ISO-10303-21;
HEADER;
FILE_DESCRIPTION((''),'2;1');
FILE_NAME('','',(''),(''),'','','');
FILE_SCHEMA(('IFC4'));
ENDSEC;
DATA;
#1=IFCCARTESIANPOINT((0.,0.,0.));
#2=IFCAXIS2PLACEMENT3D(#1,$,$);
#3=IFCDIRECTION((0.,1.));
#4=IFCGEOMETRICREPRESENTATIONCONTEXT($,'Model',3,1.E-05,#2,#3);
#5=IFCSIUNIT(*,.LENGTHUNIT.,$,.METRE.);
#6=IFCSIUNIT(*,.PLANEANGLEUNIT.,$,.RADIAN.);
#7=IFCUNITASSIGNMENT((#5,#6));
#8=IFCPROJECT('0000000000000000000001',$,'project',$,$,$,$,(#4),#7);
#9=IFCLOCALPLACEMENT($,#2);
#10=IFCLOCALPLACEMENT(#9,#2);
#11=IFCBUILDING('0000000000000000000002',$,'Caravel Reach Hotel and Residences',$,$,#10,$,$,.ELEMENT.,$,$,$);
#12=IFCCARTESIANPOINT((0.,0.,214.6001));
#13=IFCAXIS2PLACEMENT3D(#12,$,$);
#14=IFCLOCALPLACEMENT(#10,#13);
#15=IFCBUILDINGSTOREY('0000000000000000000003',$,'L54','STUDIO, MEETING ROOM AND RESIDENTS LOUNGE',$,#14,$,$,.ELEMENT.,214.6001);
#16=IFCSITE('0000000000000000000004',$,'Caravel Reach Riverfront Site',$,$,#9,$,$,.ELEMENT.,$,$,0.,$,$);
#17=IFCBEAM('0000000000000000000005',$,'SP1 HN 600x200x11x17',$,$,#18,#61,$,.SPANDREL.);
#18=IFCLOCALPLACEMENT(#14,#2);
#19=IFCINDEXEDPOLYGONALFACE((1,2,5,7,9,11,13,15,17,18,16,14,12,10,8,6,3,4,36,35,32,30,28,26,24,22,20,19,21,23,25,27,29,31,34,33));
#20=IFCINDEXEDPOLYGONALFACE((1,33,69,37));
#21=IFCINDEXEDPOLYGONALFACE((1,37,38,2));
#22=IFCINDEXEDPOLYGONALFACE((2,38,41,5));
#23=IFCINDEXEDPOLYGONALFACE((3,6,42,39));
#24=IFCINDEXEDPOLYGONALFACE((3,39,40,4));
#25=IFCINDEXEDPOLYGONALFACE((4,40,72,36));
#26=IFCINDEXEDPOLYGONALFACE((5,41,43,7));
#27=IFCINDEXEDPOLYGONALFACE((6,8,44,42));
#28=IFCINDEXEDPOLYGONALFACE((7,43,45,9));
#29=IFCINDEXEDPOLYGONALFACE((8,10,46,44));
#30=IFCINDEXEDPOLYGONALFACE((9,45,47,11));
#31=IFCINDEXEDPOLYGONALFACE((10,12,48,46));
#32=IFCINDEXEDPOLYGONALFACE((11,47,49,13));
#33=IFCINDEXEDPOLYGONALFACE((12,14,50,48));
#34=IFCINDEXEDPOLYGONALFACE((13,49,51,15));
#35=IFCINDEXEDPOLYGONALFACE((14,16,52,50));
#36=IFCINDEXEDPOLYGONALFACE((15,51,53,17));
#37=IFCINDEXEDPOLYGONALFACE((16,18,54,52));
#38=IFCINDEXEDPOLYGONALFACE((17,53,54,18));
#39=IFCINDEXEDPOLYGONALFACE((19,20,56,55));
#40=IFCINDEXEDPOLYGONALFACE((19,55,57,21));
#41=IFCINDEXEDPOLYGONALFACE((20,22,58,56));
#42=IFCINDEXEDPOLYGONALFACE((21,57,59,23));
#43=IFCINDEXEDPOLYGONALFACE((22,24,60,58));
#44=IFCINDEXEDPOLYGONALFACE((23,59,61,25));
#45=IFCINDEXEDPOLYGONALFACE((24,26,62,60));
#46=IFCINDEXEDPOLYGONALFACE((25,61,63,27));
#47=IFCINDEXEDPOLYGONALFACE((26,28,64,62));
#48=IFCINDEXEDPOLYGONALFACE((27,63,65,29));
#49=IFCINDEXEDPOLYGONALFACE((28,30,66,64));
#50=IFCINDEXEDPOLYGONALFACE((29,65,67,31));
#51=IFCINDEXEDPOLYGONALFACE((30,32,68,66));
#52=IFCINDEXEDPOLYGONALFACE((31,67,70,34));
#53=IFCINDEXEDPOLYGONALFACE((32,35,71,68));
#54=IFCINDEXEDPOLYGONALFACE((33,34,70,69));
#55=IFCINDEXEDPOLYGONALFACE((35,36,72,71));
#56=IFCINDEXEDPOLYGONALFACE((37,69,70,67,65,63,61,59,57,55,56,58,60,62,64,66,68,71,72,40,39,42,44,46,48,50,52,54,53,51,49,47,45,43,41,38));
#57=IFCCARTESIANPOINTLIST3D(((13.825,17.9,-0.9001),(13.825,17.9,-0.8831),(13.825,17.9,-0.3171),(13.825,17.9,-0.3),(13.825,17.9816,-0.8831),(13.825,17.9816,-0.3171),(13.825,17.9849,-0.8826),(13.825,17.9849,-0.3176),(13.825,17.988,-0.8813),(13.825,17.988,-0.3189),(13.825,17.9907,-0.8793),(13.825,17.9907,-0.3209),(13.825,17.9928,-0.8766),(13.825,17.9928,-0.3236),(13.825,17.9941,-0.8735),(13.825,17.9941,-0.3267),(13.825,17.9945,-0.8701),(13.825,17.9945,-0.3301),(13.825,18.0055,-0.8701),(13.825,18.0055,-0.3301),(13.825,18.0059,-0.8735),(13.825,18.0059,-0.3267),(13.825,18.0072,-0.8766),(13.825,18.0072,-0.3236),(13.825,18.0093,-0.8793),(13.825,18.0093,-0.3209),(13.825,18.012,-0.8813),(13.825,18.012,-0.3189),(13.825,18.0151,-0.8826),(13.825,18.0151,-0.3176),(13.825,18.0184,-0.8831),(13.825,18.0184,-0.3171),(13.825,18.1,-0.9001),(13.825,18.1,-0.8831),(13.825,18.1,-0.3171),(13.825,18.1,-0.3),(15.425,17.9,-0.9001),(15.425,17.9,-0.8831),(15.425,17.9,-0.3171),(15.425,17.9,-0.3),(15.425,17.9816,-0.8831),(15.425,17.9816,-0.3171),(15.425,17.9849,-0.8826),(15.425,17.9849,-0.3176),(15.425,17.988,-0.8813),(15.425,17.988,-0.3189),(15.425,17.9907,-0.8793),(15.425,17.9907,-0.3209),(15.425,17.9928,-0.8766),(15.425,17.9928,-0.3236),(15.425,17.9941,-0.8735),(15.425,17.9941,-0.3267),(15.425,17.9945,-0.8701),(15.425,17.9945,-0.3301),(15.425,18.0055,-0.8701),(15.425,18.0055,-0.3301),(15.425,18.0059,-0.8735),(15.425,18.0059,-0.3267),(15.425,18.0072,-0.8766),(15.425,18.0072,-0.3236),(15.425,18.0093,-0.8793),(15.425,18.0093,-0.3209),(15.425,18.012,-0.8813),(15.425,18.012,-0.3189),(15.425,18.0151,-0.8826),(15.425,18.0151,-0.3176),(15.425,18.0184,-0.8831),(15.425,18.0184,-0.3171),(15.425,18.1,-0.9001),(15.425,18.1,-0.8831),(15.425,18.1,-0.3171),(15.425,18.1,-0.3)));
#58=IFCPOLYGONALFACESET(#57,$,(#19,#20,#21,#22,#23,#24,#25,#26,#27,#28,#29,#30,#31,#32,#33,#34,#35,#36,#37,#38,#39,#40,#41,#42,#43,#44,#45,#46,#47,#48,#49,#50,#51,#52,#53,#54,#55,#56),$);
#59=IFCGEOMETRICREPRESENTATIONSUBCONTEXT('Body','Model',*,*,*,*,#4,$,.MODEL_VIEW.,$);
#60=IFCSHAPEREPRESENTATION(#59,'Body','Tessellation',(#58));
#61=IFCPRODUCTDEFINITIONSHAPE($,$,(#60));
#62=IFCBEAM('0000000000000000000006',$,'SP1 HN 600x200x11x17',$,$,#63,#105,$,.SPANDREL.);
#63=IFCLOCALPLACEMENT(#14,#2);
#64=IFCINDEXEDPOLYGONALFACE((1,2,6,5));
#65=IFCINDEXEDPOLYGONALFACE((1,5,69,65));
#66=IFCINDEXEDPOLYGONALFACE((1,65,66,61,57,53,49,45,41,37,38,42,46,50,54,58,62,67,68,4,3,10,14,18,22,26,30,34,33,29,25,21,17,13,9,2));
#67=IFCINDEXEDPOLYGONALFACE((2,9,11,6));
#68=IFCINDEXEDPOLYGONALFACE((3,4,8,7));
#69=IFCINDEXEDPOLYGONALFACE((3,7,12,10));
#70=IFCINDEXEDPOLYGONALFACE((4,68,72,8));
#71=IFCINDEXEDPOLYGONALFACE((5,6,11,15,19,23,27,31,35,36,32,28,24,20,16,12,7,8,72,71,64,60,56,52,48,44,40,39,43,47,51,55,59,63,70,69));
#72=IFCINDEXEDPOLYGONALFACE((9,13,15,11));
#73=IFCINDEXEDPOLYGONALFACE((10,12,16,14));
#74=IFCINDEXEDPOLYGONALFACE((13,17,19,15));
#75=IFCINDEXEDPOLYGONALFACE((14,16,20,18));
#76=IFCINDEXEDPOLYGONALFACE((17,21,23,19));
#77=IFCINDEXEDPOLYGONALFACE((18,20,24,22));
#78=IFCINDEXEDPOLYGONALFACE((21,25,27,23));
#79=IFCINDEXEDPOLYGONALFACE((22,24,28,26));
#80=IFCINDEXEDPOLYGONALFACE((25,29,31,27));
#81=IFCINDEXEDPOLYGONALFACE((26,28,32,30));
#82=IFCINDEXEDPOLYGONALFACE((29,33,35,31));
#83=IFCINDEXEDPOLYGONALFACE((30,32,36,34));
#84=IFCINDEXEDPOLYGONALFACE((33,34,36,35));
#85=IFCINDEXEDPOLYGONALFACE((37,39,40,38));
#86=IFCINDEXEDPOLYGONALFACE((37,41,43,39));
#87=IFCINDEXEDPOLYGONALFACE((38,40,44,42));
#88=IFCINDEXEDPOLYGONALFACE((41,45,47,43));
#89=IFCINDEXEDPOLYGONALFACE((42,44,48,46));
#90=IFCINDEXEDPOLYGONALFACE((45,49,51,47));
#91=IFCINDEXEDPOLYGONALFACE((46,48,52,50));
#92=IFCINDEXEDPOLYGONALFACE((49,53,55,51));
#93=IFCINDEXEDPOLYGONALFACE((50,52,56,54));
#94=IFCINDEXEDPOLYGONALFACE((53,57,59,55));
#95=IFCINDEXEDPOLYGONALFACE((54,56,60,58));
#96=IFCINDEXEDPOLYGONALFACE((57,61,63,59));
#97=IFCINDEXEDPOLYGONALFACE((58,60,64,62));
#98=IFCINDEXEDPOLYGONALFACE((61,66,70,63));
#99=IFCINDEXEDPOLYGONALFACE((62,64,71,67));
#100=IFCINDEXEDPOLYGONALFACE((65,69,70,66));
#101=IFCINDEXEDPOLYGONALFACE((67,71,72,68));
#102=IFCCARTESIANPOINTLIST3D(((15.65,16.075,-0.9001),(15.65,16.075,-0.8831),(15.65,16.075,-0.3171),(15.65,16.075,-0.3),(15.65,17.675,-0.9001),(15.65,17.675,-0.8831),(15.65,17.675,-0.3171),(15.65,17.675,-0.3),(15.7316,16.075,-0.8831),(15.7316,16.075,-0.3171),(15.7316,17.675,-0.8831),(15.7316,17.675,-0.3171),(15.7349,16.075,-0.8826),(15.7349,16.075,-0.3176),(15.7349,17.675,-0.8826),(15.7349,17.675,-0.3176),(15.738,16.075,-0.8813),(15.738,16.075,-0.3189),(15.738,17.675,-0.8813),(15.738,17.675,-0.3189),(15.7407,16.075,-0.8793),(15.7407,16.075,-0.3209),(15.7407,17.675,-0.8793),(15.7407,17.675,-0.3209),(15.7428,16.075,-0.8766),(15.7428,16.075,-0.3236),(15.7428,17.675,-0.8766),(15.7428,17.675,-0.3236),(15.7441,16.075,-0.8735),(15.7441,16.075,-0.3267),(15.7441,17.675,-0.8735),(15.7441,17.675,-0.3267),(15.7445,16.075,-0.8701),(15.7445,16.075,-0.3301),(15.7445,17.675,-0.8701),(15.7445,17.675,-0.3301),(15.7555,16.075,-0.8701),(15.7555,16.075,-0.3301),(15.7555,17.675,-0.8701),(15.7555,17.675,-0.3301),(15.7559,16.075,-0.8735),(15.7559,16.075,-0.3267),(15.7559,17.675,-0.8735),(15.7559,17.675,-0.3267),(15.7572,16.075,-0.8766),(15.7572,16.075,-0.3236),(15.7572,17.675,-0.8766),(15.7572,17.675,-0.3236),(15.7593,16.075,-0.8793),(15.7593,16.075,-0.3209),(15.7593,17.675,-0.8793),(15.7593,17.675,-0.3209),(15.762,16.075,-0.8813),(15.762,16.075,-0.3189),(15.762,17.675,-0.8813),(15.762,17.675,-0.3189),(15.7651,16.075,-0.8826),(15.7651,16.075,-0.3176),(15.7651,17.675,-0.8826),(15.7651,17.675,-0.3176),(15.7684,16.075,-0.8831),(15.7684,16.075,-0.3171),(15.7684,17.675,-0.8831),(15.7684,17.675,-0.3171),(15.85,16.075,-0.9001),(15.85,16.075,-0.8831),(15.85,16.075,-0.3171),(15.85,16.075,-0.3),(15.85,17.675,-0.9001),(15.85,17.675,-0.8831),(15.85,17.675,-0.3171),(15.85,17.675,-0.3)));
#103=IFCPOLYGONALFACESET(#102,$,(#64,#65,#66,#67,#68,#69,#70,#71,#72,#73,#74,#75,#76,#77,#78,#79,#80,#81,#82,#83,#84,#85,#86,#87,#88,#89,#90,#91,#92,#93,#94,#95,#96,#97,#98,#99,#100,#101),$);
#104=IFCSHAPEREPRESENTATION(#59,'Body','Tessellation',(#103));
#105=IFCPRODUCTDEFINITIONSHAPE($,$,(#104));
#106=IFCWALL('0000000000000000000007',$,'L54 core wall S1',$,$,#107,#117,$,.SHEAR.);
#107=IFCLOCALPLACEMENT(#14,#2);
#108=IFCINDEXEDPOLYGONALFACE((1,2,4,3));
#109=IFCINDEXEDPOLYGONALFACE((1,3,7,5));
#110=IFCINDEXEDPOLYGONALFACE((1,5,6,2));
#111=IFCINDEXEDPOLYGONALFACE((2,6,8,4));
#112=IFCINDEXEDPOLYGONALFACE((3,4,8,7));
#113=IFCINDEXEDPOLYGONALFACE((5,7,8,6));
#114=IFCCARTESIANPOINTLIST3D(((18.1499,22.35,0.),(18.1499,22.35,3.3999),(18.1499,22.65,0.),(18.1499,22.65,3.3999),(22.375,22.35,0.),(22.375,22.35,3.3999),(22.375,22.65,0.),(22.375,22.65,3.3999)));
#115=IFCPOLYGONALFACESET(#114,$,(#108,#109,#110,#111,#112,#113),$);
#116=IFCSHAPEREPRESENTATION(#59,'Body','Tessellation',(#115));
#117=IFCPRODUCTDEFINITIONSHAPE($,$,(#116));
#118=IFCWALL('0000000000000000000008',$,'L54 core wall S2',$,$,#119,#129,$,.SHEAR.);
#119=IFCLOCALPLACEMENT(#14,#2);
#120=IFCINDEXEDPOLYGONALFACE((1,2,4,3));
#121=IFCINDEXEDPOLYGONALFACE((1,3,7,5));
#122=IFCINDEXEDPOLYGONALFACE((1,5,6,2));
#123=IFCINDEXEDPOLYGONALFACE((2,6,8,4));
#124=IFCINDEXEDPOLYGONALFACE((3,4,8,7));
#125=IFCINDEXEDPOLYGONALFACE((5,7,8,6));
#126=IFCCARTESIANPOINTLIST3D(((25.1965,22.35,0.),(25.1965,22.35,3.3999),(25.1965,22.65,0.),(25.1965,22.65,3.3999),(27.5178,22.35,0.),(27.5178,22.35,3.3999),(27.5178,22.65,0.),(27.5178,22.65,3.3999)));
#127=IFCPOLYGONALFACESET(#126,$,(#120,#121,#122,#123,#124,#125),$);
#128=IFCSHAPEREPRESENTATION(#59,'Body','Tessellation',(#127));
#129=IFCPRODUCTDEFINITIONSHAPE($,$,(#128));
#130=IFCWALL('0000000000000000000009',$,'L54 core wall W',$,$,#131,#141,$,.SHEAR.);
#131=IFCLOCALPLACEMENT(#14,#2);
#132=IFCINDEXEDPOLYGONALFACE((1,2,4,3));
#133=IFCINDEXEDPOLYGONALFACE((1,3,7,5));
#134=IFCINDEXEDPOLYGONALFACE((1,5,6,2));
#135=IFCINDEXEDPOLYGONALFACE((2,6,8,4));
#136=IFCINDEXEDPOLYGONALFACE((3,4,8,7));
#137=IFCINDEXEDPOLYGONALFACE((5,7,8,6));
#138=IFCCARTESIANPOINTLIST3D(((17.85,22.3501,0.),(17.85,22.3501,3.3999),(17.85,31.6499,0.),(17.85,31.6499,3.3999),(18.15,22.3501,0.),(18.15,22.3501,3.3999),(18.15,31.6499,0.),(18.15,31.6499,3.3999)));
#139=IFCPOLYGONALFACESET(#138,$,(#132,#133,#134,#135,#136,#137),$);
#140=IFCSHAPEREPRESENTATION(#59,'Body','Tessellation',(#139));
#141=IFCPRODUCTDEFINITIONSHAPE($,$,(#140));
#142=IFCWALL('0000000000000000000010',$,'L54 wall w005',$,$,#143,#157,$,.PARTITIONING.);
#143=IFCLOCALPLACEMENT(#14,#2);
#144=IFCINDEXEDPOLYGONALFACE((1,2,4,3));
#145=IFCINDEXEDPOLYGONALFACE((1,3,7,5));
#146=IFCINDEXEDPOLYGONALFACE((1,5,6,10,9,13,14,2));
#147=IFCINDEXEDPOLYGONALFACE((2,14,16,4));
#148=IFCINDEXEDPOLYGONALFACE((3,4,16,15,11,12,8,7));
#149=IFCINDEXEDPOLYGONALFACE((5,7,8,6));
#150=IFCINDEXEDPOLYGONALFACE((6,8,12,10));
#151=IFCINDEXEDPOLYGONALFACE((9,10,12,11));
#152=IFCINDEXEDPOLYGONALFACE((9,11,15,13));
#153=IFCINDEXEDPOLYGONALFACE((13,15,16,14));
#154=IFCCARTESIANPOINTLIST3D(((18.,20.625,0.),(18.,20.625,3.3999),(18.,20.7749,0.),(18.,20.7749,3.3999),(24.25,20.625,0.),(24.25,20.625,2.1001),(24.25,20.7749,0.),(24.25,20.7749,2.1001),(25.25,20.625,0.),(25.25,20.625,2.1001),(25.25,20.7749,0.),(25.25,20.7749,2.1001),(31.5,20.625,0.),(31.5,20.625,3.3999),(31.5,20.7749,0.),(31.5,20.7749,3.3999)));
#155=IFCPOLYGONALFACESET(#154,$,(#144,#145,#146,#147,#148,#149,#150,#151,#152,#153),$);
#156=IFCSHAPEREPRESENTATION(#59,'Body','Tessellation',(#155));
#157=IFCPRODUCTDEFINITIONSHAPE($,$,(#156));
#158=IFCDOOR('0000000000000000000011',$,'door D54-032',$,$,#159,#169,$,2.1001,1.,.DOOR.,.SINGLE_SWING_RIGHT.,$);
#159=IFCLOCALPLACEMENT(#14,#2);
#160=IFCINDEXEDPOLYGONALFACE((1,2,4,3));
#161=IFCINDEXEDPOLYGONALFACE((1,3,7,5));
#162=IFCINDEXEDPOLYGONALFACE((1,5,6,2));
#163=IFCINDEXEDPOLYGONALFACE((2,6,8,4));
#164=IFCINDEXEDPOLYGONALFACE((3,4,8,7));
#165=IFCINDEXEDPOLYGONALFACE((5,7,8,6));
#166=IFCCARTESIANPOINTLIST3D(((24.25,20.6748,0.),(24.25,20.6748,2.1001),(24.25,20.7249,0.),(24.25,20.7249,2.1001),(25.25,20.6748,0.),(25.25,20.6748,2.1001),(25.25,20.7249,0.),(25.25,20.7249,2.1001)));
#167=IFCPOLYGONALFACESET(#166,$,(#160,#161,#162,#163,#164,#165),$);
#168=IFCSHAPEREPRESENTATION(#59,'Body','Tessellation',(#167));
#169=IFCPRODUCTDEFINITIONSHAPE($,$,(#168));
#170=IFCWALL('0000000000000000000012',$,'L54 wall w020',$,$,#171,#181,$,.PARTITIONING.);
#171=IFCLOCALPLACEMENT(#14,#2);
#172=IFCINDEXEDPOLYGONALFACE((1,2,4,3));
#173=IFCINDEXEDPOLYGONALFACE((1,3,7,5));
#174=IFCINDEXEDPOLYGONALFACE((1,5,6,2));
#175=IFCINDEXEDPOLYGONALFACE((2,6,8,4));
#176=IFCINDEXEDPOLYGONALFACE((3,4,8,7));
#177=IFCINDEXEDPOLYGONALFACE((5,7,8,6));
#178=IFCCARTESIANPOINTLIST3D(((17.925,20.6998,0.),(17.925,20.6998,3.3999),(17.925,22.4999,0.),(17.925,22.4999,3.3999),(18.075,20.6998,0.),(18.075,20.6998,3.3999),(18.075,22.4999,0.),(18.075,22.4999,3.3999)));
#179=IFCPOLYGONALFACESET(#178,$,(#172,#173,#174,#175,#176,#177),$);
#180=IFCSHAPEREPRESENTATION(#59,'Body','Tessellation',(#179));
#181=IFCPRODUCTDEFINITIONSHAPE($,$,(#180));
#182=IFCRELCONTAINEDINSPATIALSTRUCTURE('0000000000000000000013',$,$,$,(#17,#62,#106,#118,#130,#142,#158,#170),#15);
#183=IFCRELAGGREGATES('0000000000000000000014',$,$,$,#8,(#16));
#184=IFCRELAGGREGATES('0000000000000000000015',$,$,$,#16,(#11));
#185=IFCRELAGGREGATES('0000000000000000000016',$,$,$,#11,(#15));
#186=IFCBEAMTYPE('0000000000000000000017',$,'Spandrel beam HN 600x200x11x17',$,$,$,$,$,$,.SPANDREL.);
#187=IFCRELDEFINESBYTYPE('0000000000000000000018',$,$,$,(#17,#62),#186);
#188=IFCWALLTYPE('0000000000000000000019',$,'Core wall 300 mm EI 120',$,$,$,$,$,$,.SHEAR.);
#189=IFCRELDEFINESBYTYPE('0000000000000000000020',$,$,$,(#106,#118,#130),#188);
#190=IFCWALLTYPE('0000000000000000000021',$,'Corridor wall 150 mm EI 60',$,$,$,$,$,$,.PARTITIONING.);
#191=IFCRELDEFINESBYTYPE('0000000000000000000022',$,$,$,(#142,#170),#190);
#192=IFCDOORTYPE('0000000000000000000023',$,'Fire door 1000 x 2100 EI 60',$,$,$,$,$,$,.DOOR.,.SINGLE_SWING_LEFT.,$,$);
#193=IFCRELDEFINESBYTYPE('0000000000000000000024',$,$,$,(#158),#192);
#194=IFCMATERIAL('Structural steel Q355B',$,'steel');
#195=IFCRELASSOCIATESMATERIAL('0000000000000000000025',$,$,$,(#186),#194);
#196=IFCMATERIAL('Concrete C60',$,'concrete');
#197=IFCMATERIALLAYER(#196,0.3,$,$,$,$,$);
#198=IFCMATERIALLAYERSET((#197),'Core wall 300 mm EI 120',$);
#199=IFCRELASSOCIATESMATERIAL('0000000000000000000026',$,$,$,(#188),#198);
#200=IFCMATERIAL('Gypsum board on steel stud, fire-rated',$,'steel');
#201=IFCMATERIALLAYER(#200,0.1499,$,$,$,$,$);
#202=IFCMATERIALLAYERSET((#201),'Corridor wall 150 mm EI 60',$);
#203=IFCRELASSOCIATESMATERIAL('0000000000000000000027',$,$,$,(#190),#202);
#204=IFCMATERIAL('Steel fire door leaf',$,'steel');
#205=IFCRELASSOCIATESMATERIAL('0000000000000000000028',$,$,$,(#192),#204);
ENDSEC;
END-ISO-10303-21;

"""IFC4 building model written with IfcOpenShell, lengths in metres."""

from ifc_helpers import new_model, si_unit, direction, frame, frame_2d, origin, origin_2d, place, context, subcontext, project, spatial, rectangle, i_section, extrude, material, layer, layer_set, material_profile, profile_set, type_object, element, fill, save


model = new_model("IFC4")

# Units and contexts
model_context = context("Model", 3, precision=1e-05, world=origin(), true_north=direction((0.0, 1.0)))
body_context = subcontext(model_context, "Body", "Model", "MODEL_VIEW")
ifc_project = project(units=[si_unit("LENGTHUNIT", "METRE"), si_unit("PLANEANGLEUNIT", "RADIAN")], contexts=[model_context])

# Site, building, storey
site_placement = place(None, origin())
site = spatial("IfcSite", under=ifc_project, at=site_placement, Name="Caravel Reach Riverfront Site", CompositionType="ELEMENT", RefElevation=0.0)
building_placement = place(site_placement, origin())
building = spatial("IfcBuilding", under=site, at=building_placement, Name="Caravel Reach Hotel and Residences", CompositionType="ELEMENT")
storey_placement = place(building_placement, frame((0.0, 0.0, 214.6001)))
storey = spatial("IfcBuildingStorey", under=building, at=storey_placement, Name="L54", Description="STUDIO, MEETING ROOM AND RESIDENTS LOUNGE", CompositionType="ELEMENT", Elevation=214.6001)

# Beams
ifc_material_1 = material(Name="Structural steel Q355B", Category="steel")
ifc_material_profile_1 = material_profile(ifc_material_1, i_section(OverallWidth=0.2, OverallDepth=0.6001, WebThickness=0.011, FlangeThickness=0.0171, FilletRadius=0.0129, at=origin_2d()), Name="HN 600x200x11x17")
ifc_profile_set_1 = profile_set([ifc_material_profile_1], Name="Structural steel Q355B")
beam_type_1 = type_object("IfcBeamType", Name="Spandrel beam HN 600x200x11x17", PredefinedType="SPANDREL", material=ifc_profile_set_1)
for number, where, z_axis, x_axis, name in (
    (1, (13.825, 18.0, -0.6001), (1.0, 0.0, 0.0), (0.0, 1.0, 0.0), "SP1 HN 600x200x11x17"),
    (2, (15.75, 17.675, -0.6001), (0.0, -1.0, 0.0), (1.0, 0.0, 0.0), "SP1 HN 600x200x11x17"),
):
    element("IfcBeam", number, at=place(storey_placement, frame(where, z_axis=z_axis, x_axis=x_axis)), inside=storey, type_object=beam_type_1, Name=name, PredefinedType="SPANDREL", context=body_context, shape_type="SweptSolid", body=[
        extrude(i_section(OverallWidth=0.2, OverallDepth=0.6001, WebThickness=0.011, FlangeThickness=0.0171, FilletRadius=0.0129, at=origin_2d()), origin(), (0.0, 0.0, 1.0), 1.6001),
    ])

# Walls
ifc_material_2 = material(Name="Concrete C60", Category="concrete")
ifc_layer_1 = layer(ifc_material_2, 0.3)
ifc_layer_set_1 = layer_set([ifc_layer_1], Name="Core wall 300 mm EI 120")
wall_type_1 = type_object("IfcWallType", Name="Core wall 300 mm EI 120", PredefinedType="SHEAR", material=ifc_layer_set_1)
wall_1_placement = place(storey_placement, frame((18.1499, 22.5, 0.0), z_axis=(0.0, 0.0, 1.0), x_axis=(1.0, 0.0, 0.0)))
element("IfcWall", 3, at=wall_1_placement, inside=storey, type_object=wall_type_1, Name="L54 core wall S1", PredefinedType="SHEAR", context=body_context, shape_type="SweptSolid", body=[
    extrude(rectangle(XDim=4.2251, YDim=0.3, at=frame_2d((2.1125, 0.0))), origin(), (0.0, 0.0, 1.0), 3.3999),
])
wall_2_placement = place(storey_placement, frame((25.1965, 22.5, 0.0), z_axis=(0.0, 0.0, 1.0), x_axis=(1.0, 0.0, 0.0)))
element("IfcWall", 4, at=wall_2_placement, inside=storey, type_object=wall_type_1, Name="L54 core wall S2", PredefinedType="SHEAR", context=body_context, shape_type="SweptSolid", body=[
    extrude(rectangle(XDim=2.3213, YDim=0.3, at=frame_2d((1.1606, 0.0))), origin(), (0.0, 0.0, 1.0), 3.3999),
])
wall_3_placement = place(storey_placement, frame((18.0, 22.3501, 0.0), z_axis=(0.0, 0.0, 1.0), x_axis=(0.0, 1.0, 0.0)))
element("IfcWall", 5, at=wall_3_placement, inside=storey, type_object=wall_type_1, Name="L54 core wall W", PredefinedType="SHEAR", context=body_context, shape_type="SweptSolid", body=[
    extrude(rectangle(XDim=9.2998, YDim=0.3, at=frame_2d((4.6499, 0.0))), origin(), (0.0, 0.0, 1.0), 3.3999),
])

# Wall, opening, door
ifc_material_3 = material(Name="Gypsum board on steel stud, fire-rated", Category="steel")
ifc_layer_2 = layer(ifc_material_3, 0.1499)
ifc_layer_set_2 = layer_set([ifc_layer_2], Name="Corridor wall 150 mm EI 60")
wall_type_2 = type_object("IfcWallType", Name="Corridor wall 150 mm EI 60", PredefinedType="PARTITIONING", material=ifc_layer_set_2)
wall_4_placement = place(storey_placement, frame((18.0, 20.7, 0.0), z_axis=(0.0, 0.0, 1.0), x_axis=(1.0, 0.0, 0.0)))
wall_4 = element("IfcWall", 6, at=wall_4_placement, inside=storey, type_object=wall_type_2, Name="L54 wall w005", PredefinedType="PARTITIONING", context=body_context, shape_type="SweptSolid", body=[
    extrude(rectangle(XDim=13.5, YDim=0.1499, at=frame_2d((6.75, 0.0))), origin(), (0.0, 0.0, 1.0), 3.3999),
])
opening_1_placement = place(wall_4_placement, frame((6.25, 0.0, 0.0)))
opening_1 = element("IfcOpeningElement", 7, at=opening_1_placement, cuts=wall_4, PredefinedType="OPENING", context=body_context, shape_type="SweptSolid", body=[
    extrude(rectangle(XDim=1.0, YDim=2.1001, at=frame_2d((0.5, 1.05))), frame((0.0, 0.085, 0.0), z_axis=(0.0, -1.0, 0.0), x_axis=(1.0, 0.0, 0.0)), (0.0, 0.0, 1.0), 0.1699),
])
ifc_material_4 = material(Name="Steel fire door leaf", Category="steel")
door_type_1 = type_object("IfcDoorType", Name="Fire door 1000 x 2100 EI 60", OperationType="SINGLE_SWING_LEFT", PredefinedType="DOOR", material=ifc_material_4)
door_1_placement = place(opening_1_placement, origin())
door_1 = element("IfcDoor", 8, at=door_1_placement, inside=storey, type_object=door_type_1, Name="door D54-032", OperationType="SINGLE_SWING_RIGHT", OverallHeight=2.1001, OverallWidth=1.0, PredefinedType="DOOR", context=body_context, shape_type="SweptSolid", body=[
    extrude(rectangle(XDim=1.0, YDim=2.1001, at=frame_2d((0.5, 1.05))), frame((0.0, 0.0249, 0.0), z_axis=(0.0, -1.0, 0.0), x_axis=(1.0, 0.0, 0.0)), (0.0, 0.0, 1.0), 0.05),
])
fill(opening_1, door_1)

# Wall
wall_5_placement = place(storey_placement, frame((18.0, 20.7, 0.0), z_axis=(0.0, 0.0, 1.0), x_axis=(0.0, 1.0, 0.0)))
element("IfcWall", 9, at=wall_5_placement, inside=storey, type_object=wall_type_2, Name="L54 wall w020", PredefinedType="PARTITIONING", context=body_context, shape_type="SweptSolid", body=[
    extrude(rectangle(XDim=1.8, YDim=0.1499, at=frame_2d((0.8999, 0.0))), origin(), (0.0, 0.0, 1.0), 3.3999),
])

save(model, "model.ifc")
